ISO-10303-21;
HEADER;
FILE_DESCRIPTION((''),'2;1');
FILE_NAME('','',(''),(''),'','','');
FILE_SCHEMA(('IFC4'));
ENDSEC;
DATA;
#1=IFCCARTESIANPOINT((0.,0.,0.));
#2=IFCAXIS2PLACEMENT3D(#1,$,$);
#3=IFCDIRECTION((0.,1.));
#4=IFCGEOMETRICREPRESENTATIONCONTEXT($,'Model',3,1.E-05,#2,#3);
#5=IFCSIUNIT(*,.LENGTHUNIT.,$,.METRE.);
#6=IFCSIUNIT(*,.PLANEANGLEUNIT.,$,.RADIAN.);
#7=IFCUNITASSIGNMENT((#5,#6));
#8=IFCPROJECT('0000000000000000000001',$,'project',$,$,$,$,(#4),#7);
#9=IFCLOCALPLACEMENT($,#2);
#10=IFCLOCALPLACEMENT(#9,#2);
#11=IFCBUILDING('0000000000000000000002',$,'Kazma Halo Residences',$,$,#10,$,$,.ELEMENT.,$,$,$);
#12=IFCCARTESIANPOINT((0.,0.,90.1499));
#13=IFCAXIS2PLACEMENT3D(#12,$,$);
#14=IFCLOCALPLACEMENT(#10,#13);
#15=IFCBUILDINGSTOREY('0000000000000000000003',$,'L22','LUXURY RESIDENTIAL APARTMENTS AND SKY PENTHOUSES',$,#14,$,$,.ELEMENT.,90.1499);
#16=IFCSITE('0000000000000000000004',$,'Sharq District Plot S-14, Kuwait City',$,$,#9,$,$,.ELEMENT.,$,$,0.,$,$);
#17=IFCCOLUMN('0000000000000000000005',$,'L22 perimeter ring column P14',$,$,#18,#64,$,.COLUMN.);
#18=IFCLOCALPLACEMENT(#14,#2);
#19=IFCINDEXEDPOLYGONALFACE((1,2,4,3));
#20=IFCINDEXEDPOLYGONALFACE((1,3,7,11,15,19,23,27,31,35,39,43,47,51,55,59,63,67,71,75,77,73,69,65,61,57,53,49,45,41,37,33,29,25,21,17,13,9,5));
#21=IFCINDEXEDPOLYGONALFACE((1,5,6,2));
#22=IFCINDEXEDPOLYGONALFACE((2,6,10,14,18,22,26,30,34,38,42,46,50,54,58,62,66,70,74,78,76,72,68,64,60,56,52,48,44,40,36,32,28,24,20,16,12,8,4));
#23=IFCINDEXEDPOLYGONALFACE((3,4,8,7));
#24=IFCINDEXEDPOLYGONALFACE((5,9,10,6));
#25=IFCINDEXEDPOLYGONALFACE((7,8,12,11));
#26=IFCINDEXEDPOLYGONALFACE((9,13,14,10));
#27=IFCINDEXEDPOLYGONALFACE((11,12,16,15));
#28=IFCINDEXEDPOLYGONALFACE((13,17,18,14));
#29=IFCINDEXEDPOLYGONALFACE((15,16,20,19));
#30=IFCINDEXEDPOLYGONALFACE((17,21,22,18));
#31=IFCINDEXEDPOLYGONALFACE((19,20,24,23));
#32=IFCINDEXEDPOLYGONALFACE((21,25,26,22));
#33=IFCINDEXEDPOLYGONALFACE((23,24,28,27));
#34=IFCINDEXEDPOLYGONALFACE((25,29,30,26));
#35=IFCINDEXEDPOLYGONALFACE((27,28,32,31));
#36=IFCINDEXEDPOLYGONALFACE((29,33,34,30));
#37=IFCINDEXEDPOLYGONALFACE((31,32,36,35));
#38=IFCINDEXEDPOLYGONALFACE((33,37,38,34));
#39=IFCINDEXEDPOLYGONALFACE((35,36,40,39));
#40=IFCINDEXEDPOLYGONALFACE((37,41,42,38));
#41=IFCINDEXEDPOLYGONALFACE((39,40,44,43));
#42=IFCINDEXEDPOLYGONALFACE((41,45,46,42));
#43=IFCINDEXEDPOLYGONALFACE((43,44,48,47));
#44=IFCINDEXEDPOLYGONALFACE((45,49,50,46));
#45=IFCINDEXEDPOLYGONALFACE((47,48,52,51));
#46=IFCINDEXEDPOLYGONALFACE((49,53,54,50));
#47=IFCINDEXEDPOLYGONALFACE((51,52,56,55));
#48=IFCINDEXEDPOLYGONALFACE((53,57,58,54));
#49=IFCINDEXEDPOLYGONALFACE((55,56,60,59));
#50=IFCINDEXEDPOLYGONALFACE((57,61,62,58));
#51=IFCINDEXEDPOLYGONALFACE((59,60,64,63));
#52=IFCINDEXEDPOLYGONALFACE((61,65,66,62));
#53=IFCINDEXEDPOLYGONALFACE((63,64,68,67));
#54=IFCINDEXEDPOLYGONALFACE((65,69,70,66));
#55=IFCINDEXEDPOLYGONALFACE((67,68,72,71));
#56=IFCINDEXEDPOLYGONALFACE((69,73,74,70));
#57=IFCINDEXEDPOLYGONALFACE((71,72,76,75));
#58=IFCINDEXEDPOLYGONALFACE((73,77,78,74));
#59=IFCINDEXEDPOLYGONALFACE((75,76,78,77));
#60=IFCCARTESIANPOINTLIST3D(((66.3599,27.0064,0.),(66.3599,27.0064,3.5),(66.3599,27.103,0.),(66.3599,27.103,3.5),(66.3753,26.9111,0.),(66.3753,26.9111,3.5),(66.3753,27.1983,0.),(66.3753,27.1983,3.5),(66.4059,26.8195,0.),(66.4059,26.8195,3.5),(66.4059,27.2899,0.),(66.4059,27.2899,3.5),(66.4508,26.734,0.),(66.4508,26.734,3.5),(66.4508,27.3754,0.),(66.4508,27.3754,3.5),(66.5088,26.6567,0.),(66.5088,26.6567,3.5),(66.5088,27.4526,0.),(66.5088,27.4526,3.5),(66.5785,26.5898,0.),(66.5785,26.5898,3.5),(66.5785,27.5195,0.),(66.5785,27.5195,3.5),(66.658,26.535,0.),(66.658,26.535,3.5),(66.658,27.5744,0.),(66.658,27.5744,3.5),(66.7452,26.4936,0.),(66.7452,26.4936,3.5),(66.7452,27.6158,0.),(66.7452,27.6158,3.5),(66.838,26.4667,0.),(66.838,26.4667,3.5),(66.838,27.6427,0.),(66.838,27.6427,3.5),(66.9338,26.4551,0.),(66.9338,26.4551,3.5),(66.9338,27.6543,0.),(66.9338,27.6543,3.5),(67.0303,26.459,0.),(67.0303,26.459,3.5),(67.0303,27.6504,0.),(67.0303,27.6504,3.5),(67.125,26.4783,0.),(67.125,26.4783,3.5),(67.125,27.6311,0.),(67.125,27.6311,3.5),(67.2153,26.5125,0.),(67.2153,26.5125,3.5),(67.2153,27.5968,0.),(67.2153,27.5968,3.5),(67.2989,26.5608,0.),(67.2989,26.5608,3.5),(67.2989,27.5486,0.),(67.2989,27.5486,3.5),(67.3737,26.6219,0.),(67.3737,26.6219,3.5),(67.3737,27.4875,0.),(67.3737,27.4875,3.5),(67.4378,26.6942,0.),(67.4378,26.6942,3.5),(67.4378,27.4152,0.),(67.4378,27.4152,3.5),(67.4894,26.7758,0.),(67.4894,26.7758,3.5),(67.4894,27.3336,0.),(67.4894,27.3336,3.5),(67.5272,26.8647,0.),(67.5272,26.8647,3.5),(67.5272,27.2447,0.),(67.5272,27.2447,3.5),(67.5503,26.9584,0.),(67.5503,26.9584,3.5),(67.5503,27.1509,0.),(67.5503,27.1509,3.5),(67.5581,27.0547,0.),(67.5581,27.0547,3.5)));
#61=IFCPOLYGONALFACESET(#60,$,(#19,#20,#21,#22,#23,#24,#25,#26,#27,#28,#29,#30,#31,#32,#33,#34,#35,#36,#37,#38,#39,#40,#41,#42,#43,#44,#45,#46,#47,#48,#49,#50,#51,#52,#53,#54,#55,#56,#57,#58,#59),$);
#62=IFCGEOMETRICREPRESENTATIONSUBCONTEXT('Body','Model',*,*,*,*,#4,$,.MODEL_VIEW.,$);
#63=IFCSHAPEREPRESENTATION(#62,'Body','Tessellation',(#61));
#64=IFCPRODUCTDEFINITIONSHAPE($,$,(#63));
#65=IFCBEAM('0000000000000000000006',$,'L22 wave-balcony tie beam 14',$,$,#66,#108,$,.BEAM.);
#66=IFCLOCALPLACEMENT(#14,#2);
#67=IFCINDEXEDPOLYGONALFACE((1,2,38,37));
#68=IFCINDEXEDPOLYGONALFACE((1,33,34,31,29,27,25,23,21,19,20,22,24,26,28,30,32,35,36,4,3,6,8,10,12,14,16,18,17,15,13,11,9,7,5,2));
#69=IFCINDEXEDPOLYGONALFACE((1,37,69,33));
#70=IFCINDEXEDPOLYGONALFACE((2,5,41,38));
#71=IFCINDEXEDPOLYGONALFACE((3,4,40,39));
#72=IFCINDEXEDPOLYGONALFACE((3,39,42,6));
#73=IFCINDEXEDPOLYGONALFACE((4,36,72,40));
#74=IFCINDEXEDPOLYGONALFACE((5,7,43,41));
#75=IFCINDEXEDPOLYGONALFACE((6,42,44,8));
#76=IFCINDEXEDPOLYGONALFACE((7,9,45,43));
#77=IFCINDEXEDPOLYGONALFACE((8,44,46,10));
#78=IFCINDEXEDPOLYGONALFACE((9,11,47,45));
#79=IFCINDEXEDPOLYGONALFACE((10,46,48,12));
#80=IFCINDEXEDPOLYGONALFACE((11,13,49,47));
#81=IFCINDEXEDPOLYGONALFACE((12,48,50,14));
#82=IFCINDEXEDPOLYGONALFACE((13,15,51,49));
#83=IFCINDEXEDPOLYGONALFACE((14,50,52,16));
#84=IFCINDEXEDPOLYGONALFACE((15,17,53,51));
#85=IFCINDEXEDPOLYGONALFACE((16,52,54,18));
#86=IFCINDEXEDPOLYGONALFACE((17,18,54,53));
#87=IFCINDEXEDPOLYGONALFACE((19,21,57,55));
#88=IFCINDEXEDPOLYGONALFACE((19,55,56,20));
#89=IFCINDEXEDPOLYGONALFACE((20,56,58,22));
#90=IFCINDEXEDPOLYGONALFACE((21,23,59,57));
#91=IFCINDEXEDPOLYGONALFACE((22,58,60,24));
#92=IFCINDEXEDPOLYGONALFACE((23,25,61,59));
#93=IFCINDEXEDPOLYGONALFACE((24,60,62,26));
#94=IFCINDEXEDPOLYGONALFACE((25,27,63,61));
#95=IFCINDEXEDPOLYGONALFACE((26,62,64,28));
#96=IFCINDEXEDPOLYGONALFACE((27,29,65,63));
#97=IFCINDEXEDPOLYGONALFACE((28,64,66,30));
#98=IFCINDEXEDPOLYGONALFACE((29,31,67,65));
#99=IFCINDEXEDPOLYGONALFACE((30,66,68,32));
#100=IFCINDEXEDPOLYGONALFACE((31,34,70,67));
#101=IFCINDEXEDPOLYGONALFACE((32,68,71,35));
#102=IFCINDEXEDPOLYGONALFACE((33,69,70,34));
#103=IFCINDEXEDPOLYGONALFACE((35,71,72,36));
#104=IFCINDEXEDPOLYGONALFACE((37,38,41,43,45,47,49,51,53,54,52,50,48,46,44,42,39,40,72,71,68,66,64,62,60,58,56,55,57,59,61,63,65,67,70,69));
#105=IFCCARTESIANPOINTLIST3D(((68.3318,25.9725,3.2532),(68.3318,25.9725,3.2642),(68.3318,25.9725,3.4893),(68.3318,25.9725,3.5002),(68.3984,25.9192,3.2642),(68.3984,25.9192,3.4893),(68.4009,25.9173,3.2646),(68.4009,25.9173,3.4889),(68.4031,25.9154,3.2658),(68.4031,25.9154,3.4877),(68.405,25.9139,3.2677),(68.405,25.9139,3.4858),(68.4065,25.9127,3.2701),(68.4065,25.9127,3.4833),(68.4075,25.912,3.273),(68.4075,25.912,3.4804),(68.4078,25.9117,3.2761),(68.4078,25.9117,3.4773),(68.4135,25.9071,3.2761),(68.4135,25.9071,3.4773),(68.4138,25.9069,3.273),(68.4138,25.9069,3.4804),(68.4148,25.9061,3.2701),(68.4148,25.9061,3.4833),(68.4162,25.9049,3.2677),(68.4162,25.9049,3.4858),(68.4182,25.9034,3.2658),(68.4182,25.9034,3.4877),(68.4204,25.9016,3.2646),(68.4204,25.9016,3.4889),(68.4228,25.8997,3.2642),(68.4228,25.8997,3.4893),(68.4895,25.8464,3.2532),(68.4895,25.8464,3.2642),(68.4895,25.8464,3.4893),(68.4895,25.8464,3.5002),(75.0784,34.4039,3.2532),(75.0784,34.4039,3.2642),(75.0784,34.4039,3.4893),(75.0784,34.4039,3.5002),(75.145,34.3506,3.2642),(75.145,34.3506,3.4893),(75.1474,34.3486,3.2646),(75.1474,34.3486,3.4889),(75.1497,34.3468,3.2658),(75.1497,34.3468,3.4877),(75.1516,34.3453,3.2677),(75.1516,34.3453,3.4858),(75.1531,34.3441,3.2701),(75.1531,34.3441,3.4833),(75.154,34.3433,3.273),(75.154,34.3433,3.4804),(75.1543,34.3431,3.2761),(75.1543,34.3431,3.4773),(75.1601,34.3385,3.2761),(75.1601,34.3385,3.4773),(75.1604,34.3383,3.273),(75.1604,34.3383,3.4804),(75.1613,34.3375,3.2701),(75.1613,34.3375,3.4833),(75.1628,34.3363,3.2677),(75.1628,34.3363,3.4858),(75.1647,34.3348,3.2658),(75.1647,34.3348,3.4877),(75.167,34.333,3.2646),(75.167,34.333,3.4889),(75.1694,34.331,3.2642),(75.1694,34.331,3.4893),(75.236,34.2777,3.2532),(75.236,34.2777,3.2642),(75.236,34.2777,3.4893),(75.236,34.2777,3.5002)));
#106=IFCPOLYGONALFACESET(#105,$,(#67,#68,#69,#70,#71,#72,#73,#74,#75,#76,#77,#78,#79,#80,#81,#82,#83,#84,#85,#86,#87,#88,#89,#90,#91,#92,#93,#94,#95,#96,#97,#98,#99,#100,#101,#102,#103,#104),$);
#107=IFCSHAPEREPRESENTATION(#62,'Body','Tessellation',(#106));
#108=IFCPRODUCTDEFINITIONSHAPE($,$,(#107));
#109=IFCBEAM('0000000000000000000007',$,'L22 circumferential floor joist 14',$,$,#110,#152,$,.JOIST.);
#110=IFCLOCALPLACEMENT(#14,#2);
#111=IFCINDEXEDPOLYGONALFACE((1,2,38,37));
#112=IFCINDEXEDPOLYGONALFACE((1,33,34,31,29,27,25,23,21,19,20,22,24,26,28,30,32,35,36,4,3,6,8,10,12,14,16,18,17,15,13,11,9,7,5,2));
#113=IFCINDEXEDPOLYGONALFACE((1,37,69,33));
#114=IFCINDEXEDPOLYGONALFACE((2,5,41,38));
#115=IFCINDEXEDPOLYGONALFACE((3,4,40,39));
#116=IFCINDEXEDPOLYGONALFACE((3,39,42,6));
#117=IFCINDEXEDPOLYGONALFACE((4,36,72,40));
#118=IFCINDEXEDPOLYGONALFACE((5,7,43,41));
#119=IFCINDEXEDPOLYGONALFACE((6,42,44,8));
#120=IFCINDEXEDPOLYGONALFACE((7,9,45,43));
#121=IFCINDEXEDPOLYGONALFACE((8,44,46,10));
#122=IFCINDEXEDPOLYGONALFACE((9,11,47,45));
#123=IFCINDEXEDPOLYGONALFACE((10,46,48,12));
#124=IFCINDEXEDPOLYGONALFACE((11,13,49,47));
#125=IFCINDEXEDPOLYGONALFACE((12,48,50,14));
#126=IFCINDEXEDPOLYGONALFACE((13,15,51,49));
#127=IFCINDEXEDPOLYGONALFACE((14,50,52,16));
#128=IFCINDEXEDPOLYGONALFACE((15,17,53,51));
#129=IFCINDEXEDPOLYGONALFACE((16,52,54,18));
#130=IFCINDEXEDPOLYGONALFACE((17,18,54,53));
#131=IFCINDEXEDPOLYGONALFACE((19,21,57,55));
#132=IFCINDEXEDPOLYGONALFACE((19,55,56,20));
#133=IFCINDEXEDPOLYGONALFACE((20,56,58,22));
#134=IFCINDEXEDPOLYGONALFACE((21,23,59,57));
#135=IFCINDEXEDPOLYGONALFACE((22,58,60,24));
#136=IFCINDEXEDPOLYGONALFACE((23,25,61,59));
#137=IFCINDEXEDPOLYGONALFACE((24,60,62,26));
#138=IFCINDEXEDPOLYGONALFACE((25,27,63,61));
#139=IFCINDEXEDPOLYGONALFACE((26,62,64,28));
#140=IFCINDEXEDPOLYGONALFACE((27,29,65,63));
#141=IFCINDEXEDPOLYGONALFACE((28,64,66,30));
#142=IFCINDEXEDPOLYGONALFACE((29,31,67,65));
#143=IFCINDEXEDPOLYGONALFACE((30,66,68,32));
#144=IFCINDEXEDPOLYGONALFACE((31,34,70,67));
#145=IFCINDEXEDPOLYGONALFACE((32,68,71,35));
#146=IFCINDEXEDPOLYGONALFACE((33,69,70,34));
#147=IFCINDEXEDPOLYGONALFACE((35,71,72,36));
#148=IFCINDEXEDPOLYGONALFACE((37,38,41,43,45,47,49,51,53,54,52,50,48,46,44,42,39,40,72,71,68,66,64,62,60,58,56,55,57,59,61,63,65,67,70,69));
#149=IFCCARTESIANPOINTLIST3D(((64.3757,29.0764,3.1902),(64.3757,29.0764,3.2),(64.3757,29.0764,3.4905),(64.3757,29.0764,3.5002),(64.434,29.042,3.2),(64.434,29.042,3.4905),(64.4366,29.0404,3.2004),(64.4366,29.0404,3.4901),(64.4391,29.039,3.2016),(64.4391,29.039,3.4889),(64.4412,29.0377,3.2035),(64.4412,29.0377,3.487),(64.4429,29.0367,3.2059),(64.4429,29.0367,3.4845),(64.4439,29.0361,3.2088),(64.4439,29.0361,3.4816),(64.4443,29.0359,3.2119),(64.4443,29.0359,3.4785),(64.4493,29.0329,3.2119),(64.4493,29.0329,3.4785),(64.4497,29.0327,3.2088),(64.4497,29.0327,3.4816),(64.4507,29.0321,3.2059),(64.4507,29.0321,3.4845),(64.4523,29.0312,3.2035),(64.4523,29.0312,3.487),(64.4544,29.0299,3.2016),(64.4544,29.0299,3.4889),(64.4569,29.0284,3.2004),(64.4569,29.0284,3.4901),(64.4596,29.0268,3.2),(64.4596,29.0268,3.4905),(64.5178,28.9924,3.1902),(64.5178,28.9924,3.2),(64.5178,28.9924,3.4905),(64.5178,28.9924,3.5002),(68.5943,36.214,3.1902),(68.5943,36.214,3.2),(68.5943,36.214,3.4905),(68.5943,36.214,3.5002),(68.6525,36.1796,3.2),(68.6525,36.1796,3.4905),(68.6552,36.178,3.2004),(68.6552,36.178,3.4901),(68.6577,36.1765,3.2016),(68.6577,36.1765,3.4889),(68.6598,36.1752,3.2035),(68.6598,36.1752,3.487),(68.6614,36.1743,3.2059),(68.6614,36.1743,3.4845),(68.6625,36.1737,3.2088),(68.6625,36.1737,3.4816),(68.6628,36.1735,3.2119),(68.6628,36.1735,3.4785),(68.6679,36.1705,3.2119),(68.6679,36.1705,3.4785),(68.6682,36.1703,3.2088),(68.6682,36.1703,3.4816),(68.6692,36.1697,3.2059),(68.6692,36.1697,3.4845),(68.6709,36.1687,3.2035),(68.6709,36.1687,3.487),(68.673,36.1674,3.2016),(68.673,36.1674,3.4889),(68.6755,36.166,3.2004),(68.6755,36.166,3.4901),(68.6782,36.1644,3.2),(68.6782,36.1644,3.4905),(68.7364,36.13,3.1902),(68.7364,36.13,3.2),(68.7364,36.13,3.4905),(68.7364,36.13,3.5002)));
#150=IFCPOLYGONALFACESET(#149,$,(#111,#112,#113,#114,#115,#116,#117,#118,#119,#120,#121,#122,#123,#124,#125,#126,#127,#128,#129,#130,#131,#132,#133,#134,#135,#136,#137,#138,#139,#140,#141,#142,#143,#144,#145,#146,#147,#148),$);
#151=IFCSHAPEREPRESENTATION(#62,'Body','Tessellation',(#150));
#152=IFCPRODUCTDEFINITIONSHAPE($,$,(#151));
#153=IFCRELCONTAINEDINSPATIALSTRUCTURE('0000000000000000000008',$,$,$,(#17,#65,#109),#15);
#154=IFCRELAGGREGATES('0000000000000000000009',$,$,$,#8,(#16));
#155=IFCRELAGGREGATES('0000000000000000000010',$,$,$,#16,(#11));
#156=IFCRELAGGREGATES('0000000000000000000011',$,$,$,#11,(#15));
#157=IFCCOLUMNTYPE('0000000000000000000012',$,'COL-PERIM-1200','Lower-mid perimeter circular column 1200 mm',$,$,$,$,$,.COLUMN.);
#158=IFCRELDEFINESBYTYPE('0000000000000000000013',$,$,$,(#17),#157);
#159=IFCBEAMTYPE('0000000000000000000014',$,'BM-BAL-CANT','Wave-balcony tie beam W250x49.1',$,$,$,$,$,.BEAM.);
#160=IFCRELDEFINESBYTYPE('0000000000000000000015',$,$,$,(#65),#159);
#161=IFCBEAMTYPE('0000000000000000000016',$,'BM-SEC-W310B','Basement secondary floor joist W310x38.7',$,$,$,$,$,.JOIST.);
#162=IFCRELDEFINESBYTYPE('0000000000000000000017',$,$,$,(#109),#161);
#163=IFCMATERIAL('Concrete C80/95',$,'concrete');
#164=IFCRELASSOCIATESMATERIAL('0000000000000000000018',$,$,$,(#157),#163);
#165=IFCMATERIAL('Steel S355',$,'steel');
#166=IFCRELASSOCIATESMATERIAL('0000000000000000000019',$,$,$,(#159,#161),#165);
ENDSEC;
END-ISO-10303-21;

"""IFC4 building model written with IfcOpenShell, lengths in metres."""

from ifc_helpers import new_model, si_unit, direction, frame, origin, origin_2d, place, context, subcontext, project, spatial, circle, i_section, extrude, material, material_profile, profile_set, type_object, element, save


model = new_model("IFC4")

# Units and contexts
model_context = context("Model", 3, precision=1e-05, world=origin(), true_north=direction((0.0, 1.0)))
body_context = subcontext(model_context, "Body", "Model", "MODEL_VIEW")
ifc_project = project(units=[si_unit("LENGTHUNIT", "METRE"), si_unit("PLANEANGLEUNIT", "RADIAN")], contexts=[model_context])

# Site, building, storey
site_placement = place(None, origin())
site = spatial("IfcSite", under=ifc_project, at=site_placement, Name="Sharq District Plot S-14, Kuwait City", CompositionType="ELEMENT", RefElevation=0.0)
building_placement = place(site_placement, origin())
building = spatial("IfcBuilding", under=site, at=building_placement, Name="Kazma Halo Residences", CompositionType="ELEMENT")
storey_placement = place(building_placement, frame((0.0, 0.0, 90.1499)))
storey = spatial("IfcBuildingStorey", under=building, at=storey_placement, Name="L22", Description="LUXURY RESIDENTIAL APARTMENTS AND SKY PENTHOUSES", CompositionType="ELEMENT", Elevation=90.1499)

# Column
ifc_material_1 = material(Name="Concrete C80/95", Category="concrete")
ifc_material_profile_1 = material_profile(ifc_material_1, circle(Radius=0.6001, at=origin_2d()), Name="CIRC1200")
ifc_profile_set_1 = profile_set([ifc_material_profile_1], Name="Concrete C80/95")
column_type = type_object("IfcColumnType", Name="COL-PERIM-1200", Description="Lower-mid perimeter circular column 1200 mm", PredefinedType="COLUMN", material=ifc_profile_set_1)
column_placement = place(storey_placement, frame((66.958, 27.0547, 0.0), z_axis=(0.0, 0.0, 1.0), x_axis=(1.0, 0.0, 0.0)))
element("IfcColumn", 1, at=column_placement, inside=storey, type_object=column_type, Name="L22 perimeter ring column P14", PredefinedType="COLUMN", context=body_context, shape_type="SweptSolid", body=[
    extrude(circle(Radius=0.6001, at=origin_2d()), origin(), (0.0, 0.0, 1.0), 3.5),
])

# Beams
ifc_material_2 = material(Name="Steel S355", Category="steel")
ifc_material_profile_2 = material_profile(ifc_material_2, i_section(OverallWidth=0.2019, OverallDepth=0.2471, WebThickness=0.0073, FlangeThickness=0.011, FilletRadius=0.012, at=origin_2d()), Name="W250x49.1")
ifc_profile_set_2 = profile_set([ifc_material_profile_2], Name="Steel S355")
beam_type_1 = type_object("IfcBeamType", Name="BM-BAL-CANT", Description="Wave-balcony tie beam W250x49.1", PredefinedType="BEAM", material=ifc_profile_set_2)
beam_1_placement = place(storey_placement, frame((68.4106, 25.9094, 3.3767), z_axis=(0.624778, 0.780803, 0.0), x_axis=(-0.780803, 0.624778, 0.0)))
element("IfcBeam", 2, at=beam_1_placement, inside=storey, type_object=beam_type_1, Name="L22 wave-balcony tie beam 14", PredefinedType="BEAM", context=body_context, shape_type="SweptSolid", body=[
    extrude(i_section(OverallWidth=0.2019, OverallDepth=0.2471, WebThickness=0.0073, FlangeThickness=0.011, FilletRadius=0.012, at=origin_2d()), origin(), (0.0, 0.0, 1.0), 10.7983),
])
ifc_material_profile_3 = material_profile(ifc_material_2, i_section(OverallWidth=0.165, OverallDepth=0.3101, WebThickness=0.0059, FlangeThickness=0.0098, FilletRadius=0.012, at=origin_2d()), Name="W310x38.7")
ifc_profile_set_3 = profile_set([ifc_material_profile_3], Name="Steel S355")
beam_type_2 = type_object("IfcBeamType", Name="BM-SEC-W310B", Description="Basement secondary floor joist W310x38.7", PredefinedType="JOIST", material=ifc_profile_set_3)
beam_2_placement = place(storey_placement, frame((64.4468, 29.0344, 3.3452), z_axis=(0.508812, 0.860878, 0.0), x_axis=(-0.860878, 0.508812, 0.0)))
element("IfcBeam", 3, at=beam_2_placement, inside=storey, type_object=beam_type_2, Name="L22 circumferential floor joist 14", PredefinedType="JOIST", context=body_context, shape_type="SweptSolid", body=[
    extrude(i_section(OverallWidth=0.165, OverallDepth=0.3101, WebThickness=0.0059, FlangeThickness=0.0098, FilletRadius=0.012, at=origin_2d()), origin(), (0.0, 0.0, 1.0), 8.291),
])

save(model, "model.ifc")
